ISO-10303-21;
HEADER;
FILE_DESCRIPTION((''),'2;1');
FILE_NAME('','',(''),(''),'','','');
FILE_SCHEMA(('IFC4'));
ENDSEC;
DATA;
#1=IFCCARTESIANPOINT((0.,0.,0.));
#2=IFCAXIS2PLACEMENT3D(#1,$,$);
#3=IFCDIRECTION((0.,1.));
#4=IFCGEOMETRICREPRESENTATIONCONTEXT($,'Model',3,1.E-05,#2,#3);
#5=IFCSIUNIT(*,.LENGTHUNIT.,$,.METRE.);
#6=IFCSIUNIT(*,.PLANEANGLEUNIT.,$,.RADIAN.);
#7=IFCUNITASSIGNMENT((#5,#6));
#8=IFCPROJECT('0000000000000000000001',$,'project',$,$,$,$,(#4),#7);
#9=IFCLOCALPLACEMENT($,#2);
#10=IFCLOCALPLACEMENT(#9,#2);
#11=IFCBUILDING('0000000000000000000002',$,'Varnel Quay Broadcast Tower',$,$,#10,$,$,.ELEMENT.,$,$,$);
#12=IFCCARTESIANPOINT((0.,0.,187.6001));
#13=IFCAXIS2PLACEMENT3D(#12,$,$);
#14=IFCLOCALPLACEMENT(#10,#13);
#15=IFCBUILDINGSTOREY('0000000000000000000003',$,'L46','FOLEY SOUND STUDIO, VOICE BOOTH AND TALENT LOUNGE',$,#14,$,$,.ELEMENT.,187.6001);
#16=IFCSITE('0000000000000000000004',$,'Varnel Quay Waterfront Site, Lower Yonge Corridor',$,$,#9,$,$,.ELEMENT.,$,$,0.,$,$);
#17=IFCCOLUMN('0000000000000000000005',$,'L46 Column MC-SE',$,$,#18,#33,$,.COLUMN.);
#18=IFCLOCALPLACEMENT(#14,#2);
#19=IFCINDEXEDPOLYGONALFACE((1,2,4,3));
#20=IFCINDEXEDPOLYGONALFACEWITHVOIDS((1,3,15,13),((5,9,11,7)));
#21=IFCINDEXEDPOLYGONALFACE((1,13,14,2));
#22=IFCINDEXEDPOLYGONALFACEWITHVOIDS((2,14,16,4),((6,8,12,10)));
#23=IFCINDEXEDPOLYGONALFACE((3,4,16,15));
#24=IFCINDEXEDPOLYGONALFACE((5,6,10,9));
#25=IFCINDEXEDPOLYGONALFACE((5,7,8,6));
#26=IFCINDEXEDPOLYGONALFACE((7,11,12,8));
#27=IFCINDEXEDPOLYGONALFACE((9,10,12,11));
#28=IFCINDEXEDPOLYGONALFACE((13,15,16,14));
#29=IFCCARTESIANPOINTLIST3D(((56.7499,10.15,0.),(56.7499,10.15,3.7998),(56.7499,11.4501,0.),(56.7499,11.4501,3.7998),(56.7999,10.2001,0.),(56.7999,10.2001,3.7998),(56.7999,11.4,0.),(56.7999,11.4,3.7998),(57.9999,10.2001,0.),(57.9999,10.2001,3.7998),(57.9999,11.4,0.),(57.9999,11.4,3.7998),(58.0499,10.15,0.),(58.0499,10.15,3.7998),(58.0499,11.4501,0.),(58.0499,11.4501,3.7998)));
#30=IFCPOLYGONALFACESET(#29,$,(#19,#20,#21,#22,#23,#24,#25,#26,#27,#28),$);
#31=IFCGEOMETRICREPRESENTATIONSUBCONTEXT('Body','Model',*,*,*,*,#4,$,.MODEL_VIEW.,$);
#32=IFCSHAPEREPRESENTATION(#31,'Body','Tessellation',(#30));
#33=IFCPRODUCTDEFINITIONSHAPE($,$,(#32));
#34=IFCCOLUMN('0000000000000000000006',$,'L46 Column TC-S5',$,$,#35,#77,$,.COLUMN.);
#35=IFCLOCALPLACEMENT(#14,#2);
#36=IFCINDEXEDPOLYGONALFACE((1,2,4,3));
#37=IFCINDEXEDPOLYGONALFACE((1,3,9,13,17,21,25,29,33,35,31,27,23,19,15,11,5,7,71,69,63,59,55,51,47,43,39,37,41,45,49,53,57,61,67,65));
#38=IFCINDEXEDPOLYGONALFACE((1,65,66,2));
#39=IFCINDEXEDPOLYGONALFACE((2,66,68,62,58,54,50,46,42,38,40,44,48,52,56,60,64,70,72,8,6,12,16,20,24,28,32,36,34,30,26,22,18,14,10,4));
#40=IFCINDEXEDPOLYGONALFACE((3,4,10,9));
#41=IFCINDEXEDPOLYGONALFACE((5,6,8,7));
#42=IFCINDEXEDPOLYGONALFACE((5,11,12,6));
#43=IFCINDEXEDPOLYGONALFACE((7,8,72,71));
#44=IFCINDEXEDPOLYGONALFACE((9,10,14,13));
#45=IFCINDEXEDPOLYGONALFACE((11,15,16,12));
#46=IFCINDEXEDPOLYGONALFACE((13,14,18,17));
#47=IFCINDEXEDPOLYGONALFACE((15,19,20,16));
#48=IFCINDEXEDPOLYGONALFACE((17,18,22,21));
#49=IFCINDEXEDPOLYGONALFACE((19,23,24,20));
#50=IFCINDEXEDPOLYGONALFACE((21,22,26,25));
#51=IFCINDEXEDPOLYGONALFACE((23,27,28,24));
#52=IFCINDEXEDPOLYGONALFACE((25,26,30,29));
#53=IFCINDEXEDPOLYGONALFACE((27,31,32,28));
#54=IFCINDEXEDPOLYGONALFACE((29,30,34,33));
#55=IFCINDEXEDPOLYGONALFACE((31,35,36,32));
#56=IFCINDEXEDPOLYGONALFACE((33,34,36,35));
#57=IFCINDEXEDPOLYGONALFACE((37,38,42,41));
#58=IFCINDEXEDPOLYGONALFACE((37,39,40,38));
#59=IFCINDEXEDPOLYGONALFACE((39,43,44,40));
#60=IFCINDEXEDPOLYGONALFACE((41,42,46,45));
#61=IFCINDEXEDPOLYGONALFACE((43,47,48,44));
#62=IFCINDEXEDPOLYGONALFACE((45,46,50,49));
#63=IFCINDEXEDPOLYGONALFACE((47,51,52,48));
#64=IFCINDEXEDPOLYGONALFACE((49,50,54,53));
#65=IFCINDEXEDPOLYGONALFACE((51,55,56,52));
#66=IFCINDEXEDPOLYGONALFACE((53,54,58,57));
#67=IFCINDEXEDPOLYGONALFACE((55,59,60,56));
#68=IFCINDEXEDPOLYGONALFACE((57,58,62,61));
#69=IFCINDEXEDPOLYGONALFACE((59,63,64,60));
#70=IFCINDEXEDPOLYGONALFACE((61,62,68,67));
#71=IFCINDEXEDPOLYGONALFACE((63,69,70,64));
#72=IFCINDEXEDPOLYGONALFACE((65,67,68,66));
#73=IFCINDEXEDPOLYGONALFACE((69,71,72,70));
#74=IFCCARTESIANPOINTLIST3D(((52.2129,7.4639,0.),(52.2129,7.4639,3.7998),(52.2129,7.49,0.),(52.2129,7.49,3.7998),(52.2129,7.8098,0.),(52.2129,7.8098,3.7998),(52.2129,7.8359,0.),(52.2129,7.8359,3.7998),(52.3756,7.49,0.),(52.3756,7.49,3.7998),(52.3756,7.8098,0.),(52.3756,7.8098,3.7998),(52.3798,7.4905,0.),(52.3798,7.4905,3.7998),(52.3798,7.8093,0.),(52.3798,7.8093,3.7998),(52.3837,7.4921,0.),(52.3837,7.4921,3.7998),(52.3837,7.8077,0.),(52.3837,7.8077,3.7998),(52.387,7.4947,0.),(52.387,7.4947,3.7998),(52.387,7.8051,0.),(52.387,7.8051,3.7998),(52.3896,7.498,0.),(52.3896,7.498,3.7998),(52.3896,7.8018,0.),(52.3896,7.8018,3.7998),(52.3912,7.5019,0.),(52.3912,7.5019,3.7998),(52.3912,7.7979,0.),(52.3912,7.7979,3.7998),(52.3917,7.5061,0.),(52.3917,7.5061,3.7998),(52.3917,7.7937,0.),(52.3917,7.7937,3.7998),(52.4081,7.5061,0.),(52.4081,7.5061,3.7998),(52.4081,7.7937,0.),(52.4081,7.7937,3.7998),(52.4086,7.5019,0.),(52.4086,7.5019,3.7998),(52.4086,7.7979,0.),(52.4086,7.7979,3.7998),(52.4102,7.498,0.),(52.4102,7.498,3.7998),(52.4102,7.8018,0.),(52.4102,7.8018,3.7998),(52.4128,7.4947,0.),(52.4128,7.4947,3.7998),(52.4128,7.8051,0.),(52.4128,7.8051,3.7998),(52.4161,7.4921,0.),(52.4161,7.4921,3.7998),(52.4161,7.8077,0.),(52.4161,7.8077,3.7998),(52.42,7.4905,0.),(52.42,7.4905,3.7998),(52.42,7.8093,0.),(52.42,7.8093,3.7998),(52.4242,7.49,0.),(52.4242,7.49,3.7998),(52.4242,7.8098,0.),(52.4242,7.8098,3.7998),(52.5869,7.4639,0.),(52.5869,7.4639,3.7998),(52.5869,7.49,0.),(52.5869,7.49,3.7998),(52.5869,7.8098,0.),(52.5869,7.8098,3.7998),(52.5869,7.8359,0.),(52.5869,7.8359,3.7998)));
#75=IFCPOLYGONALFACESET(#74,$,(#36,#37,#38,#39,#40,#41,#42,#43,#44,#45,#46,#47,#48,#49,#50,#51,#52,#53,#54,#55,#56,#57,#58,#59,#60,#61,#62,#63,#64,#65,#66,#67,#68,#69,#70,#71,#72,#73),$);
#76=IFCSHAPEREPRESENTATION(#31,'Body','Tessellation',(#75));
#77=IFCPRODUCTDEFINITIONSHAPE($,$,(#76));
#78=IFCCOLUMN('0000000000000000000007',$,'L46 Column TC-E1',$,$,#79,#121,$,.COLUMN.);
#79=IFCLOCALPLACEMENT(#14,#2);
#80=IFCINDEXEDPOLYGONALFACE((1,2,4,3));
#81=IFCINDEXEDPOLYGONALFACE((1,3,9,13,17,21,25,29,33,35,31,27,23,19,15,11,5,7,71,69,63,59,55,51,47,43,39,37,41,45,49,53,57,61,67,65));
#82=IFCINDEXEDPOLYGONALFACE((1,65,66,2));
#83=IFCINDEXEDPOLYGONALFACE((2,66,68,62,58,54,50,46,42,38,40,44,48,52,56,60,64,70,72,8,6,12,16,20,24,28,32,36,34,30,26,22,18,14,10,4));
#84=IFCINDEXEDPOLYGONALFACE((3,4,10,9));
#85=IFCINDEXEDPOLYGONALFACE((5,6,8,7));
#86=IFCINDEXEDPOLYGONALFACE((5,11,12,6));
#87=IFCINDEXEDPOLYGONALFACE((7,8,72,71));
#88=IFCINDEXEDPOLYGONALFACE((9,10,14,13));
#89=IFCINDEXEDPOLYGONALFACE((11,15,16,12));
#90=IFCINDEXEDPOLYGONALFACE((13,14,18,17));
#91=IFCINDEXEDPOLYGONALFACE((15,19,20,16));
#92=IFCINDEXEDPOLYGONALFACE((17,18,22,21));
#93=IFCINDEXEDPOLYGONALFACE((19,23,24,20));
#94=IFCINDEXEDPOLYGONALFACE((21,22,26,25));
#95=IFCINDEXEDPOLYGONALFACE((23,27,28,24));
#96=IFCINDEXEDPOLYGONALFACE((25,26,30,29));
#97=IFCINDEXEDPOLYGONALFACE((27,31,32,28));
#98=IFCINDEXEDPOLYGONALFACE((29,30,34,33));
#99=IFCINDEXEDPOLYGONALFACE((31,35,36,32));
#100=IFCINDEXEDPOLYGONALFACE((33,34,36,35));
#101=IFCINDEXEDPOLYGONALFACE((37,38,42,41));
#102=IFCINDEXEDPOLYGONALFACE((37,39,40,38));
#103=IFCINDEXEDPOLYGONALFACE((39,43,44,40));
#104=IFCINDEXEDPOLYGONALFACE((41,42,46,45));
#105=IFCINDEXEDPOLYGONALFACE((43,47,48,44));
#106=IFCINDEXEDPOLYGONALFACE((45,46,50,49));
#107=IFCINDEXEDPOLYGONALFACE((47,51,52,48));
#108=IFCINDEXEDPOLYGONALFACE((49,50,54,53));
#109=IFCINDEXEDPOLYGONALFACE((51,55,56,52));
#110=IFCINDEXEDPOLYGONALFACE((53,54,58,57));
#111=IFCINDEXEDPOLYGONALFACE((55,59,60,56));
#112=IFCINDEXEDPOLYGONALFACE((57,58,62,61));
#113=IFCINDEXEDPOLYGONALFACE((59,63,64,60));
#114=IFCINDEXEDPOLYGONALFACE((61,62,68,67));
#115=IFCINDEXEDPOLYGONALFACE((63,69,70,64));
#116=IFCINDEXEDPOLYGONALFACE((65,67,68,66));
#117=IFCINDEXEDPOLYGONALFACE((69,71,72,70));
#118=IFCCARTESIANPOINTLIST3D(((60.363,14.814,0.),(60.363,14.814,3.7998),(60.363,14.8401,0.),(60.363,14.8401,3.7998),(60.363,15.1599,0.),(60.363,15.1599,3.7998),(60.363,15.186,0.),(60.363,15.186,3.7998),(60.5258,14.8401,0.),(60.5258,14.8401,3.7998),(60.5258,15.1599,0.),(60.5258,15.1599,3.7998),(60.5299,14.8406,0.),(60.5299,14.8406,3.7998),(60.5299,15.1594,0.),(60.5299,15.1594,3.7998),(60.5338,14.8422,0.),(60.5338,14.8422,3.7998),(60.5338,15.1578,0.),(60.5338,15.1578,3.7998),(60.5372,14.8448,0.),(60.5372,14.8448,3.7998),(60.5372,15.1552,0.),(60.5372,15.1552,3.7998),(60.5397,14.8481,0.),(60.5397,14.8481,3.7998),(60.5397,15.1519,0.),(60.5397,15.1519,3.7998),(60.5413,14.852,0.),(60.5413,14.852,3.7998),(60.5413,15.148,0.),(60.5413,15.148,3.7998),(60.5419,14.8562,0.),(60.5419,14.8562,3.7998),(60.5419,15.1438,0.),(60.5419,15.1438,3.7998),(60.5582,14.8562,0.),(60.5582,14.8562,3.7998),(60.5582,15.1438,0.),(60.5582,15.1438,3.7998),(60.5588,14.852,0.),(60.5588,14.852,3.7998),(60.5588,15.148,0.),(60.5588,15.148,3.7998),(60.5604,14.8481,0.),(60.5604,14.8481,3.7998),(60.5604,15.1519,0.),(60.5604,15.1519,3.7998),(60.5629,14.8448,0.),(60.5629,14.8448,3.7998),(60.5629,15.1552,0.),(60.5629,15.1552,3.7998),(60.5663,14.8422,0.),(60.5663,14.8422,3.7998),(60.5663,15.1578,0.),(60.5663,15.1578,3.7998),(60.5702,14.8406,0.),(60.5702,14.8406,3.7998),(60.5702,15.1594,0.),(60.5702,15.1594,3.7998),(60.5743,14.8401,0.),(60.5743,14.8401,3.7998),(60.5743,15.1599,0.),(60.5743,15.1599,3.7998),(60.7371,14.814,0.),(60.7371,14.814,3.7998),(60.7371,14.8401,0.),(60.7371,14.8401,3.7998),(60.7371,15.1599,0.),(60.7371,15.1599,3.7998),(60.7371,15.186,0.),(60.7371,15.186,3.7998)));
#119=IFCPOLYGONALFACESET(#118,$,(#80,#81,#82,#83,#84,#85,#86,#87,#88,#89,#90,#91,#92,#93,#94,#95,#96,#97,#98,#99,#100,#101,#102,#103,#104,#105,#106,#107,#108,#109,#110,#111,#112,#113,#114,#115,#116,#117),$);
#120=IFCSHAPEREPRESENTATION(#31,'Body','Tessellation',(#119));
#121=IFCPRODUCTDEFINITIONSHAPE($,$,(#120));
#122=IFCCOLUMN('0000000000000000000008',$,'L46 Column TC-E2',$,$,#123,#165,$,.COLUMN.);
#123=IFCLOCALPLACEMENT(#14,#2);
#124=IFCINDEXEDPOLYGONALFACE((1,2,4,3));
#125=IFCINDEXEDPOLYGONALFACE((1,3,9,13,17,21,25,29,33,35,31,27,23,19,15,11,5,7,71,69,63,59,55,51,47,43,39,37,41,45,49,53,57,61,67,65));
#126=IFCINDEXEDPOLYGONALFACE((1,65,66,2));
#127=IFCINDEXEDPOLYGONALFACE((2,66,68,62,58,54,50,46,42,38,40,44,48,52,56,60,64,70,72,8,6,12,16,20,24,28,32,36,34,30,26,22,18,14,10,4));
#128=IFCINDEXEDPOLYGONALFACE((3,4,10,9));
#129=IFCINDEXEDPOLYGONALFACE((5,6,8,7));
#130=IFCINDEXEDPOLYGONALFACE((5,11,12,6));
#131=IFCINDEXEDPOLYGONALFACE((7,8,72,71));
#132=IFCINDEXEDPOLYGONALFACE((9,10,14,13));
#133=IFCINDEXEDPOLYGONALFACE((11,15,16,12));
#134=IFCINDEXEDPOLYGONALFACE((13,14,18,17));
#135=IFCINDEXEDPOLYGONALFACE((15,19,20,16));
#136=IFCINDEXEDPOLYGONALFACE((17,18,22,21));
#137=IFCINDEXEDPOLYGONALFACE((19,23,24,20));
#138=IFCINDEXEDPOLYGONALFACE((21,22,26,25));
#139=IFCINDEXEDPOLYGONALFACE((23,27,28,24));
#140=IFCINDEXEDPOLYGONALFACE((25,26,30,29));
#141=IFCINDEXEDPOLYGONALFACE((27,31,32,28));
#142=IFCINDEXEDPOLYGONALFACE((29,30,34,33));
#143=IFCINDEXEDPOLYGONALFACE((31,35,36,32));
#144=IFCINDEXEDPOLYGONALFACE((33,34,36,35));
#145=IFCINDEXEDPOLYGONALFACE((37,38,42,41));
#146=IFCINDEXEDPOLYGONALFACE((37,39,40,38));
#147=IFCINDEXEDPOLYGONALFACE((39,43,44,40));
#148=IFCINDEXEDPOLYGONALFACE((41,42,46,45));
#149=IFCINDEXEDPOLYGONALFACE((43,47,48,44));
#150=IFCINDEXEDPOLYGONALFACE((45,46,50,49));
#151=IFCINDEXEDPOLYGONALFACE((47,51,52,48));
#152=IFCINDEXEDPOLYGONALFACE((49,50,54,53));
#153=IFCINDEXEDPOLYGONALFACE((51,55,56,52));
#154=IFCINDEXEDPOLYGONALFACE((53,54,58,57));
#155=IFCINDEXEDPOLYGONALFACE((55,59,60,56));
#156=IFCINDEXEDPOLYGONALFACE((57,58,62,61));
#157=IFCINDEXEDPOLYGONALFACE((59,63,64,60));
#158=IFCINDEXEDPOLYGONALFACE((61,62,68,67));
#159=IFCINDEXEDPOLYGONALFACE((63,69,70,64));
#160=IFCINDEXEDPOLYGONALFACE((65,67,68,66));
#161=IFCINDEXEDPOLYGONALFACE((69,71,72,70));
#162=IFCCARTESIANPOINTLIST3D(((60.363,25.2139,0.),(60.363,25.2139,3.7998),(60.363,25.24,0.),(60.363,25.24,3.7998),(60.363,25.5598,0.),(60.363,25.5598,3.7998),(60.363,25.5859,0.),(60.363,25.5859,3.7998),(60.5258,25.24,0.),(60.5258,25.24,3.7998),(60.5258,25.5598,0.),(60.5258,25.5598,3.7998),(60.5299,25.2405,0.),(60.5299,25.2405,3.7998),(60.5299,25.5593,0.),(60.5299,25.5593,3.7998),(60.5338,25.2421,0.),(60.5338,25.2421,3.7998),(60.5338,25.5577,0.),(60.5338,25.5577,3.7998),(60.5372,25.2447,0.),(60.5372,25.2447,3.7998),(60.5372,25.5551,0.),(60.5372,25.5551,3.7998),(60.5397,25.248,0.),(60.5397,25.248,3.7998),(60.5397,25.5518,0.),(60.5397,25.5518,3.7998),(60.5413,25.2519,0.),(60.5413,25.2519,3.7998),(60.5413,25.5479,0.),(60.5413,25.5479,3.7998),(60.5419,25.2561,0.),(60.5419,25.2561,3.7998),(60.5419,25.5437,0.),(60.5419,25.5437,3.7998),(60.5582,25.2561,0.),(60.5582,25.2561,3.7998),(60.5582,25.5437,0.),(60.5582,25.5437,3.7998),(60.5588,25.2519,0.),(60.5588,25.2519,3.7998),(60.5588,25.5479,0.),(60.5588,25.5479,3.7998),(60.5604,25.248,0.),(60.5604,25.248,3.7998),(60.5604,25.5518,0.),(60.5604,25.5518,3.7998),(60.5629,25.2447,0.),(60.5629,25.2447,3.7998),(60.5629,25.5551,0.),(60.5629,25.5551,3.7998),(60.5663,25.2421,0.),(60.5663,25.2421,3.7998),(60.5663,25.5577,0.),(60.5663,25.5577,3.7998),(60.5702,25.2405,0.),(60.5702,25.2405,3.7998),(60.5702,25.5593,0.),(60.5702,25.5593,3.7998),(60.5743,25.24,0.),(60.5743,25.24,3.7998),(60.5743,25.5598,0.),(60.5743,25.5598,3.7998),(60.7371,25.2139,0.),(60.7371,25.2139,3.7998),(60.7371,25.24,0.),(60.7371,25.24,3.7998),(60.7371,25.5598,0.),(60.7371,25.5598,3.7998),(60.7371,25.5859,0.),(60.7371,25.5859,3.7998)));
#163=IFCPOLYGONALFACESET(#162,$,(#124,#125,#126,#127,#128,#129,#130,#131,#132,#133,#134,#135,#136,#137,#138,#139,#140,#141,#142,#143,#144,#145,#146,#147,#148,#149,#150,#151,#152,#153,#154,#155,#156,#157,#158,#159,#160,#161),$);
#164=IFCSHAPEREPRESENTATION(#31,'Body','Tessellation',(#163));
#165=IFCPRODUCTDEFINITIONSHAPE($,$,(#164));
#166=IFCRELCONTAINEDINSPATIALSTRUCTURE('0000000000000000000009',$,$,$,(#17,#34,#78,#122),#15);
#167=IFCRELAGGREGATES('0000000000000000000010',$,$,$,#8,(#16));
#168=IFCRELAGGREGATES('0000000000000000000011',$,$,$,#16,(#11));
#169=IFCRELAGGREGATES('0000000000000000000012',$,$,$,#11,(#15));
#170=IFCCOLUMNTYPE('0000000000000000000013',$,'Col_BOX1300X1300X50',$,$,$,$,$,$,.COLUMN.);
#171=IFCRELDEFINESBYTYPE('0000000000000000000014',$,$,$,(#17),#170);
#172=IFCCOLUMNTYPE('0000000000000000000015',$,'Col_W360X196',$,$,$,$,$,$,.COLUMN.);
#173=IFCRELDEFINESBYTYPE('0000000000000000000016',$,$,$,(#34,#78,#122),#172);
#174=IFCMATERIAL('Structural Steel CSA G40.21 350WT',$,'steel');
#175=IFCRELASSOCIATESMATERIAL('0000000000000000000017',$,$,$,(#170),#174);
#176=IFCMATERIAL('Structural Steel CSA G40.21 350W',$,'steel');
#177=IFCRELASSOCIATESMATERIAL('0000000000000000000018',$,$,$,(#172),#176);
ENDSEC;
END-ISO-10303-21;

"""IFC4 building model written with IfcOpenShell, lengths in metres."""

from ifc_helpers import new_model, si_unit, direction, frame, origin, origin_2d, place, context, subcontext, project, spatial, hollow_rectangle, i_section, extrude, source, transform, mapped, material, material_profile, profile_set, type_object, type_shapes, element, save


model = new_model("IFC4")

# Units and contexts
model_context = context("Model", 3, precision=1e-05, world=origin(), true_north=direction((0.0, 1.0)))
body_context = subcontext(model_context, "Body", "Model", "MODEL_VIEW")
ifc_project = project(units=[si_unit("LENGTHUNIT", "METRE"), si_unit("PLANEANGLEUNIT", "RADIAN")], contexts=[model_context])

# Site, building, storey
site_placement = place(None, origin())
site = spatial("IfcSite", under=ifc_project, at=site_placement, Name="Varnel Quay Waterfront Site, Lower Yonge Corridor", CompositionType="ELEMENT", RefElevation=0.0)
building_placement = place(site_placement, origin())
building = spatial("IfcBuilding", under=site, at=building_placement, Name="Varnel Quay Broadcast Tower", CompositionType="ELEMENT")
storey_placement = place(building_placement, frame((0.0, 0.0, 187.6001)))
storey = spatial("IfcBuildingStorey", under=building, at=storey_placement, Name="L46", Description="FOLEY SOUND STUDIO, VOICE BOOTH AND TALENT LOUNGE", CompositionType="ELEMENT", Elevation=187.6001)

# Columns
ifc_material_1 = material(Name="Structural Steel CSA G40.21 350WT", Category="steel")
ifc_material_profile_1 = material_profile(ifc_material_1, hollow_rectangle(XDim=1.3, YDim=1.3, WallThickness=0.05, at=origin_2d()), Name="BOX1300X1300X50")
ifc_profile_set_1 = profile_set([ifc_material_profile_1], Name="Structural Steel CSA G40.21 350WT")
column_type_1 = type_object("IfcColumnType", Name="Col_BOX1300X1300X50", PredefinedType="COLUMN", material=ifc_profile_set_1)
shared_shape_1 = source(origin(), body_context, "Body", "SweptSolid", [
    extrude(hollow_rectangle(XDim=1.3, YDim=1.3, WallThickness=0.05, at=origin_2d()), origin(), (0.0, 0.0, 1.0), 3.7998),
])
type_shapes(column_type_1, [shared_shape_1])
column_placement = place(storey_placement, frame((57.3999, 10.8, 0.0), z_axis=(0.0, 0.0, 1.0), x_axis=(1.0, 0.0, 0.0)))
element("IfcColumn", 1, at=column_placement, inside=storey, type_object=column_type_1, Name="L46 Column MC-SE", PredefinedType="COLUMN", context=body_context, shape_type="MappedRepresentation", body=[
    mapped(shared_shape_1, transform((0.0, 0.0, 0.0), x_axis=(1.0, 0.0, 0.0), y_axis=(0.0, 1.0, 0.0), z_axis=(0.0, 0.0, 1.0), scale=1.0)),
])
ifc_material_2 = material(Name="Structural Steel CSA G40.21 350W", Category="steel")
ifc_material_profile_2 = material_profile(ifc_material_2, i_section(OverallWidth=0.374, OverallDepth=0.3721, WebThickness=0.0164, FlangeThickness=0.0261, FilletRadius=0.0161, at=origin_2d()), Name="W360X196")
ifc_profile_set_2 = profile_set([ifc_material_profile_2], Name="Structural Steel CSA G40.21 350W")
column_type_2 = type_object("IfcColumnType", Name="Col_W360X196", PredefinedType="COLUMN", material=ifc_profile_set_2)
shared_shape_2 = source(origin(), body_context, "Body", "SweptSolid", [
    extrude(i_section(OverallWidth=0.374, OverallDepth=0.3721, WebThickness=0.0164, FlangeThickness=0.0261, FilletRadius=0.0161, at=origin_2d()), origin(), (0.0, 0.0, 1.0), 3.7998),
])
type_shapes(column_type_2, [shared_shape_2])
for number, where, z_axis, x_axis, name in (
    (2, (52.3999, 7.6499, 0.0), (0.0, 0.0, 1.0), (1.0, 0.0, 0.0), "L46 Column TC-S5"),
    (3, (60.55, 15.0, 0.0), (0.0, 0.0, 1.0), (1.0, 0.0, 0.0), "L46 Column TC-E1"),
    (4, (60.55, 25.3999, 0.0), (0.0, 0.0, 1.0), (1.0, 0.0, 0.0), "L46 Column TC-E2"),
):
    element("IfcColumn", number, at=place(storey_placement, frame(where, z_axis=z_axis, x_axis=x_axis)), inside=storey, type_object=column_type_2, Name=name, PredefinedType="COLUMN", context=body_context, shape_type="MappedRepresentation", body=[
        mapped(shared_shape_2, transform((0.0, 0.0, 0.0), x_axis=(1.0, 0.0, 0.0), y_axis=(0.0, 1.0, 0.0), z_axis=(0.0, 0.0, 1.0), scale=1.0)),
    ])

save(model, "model.ifc")
